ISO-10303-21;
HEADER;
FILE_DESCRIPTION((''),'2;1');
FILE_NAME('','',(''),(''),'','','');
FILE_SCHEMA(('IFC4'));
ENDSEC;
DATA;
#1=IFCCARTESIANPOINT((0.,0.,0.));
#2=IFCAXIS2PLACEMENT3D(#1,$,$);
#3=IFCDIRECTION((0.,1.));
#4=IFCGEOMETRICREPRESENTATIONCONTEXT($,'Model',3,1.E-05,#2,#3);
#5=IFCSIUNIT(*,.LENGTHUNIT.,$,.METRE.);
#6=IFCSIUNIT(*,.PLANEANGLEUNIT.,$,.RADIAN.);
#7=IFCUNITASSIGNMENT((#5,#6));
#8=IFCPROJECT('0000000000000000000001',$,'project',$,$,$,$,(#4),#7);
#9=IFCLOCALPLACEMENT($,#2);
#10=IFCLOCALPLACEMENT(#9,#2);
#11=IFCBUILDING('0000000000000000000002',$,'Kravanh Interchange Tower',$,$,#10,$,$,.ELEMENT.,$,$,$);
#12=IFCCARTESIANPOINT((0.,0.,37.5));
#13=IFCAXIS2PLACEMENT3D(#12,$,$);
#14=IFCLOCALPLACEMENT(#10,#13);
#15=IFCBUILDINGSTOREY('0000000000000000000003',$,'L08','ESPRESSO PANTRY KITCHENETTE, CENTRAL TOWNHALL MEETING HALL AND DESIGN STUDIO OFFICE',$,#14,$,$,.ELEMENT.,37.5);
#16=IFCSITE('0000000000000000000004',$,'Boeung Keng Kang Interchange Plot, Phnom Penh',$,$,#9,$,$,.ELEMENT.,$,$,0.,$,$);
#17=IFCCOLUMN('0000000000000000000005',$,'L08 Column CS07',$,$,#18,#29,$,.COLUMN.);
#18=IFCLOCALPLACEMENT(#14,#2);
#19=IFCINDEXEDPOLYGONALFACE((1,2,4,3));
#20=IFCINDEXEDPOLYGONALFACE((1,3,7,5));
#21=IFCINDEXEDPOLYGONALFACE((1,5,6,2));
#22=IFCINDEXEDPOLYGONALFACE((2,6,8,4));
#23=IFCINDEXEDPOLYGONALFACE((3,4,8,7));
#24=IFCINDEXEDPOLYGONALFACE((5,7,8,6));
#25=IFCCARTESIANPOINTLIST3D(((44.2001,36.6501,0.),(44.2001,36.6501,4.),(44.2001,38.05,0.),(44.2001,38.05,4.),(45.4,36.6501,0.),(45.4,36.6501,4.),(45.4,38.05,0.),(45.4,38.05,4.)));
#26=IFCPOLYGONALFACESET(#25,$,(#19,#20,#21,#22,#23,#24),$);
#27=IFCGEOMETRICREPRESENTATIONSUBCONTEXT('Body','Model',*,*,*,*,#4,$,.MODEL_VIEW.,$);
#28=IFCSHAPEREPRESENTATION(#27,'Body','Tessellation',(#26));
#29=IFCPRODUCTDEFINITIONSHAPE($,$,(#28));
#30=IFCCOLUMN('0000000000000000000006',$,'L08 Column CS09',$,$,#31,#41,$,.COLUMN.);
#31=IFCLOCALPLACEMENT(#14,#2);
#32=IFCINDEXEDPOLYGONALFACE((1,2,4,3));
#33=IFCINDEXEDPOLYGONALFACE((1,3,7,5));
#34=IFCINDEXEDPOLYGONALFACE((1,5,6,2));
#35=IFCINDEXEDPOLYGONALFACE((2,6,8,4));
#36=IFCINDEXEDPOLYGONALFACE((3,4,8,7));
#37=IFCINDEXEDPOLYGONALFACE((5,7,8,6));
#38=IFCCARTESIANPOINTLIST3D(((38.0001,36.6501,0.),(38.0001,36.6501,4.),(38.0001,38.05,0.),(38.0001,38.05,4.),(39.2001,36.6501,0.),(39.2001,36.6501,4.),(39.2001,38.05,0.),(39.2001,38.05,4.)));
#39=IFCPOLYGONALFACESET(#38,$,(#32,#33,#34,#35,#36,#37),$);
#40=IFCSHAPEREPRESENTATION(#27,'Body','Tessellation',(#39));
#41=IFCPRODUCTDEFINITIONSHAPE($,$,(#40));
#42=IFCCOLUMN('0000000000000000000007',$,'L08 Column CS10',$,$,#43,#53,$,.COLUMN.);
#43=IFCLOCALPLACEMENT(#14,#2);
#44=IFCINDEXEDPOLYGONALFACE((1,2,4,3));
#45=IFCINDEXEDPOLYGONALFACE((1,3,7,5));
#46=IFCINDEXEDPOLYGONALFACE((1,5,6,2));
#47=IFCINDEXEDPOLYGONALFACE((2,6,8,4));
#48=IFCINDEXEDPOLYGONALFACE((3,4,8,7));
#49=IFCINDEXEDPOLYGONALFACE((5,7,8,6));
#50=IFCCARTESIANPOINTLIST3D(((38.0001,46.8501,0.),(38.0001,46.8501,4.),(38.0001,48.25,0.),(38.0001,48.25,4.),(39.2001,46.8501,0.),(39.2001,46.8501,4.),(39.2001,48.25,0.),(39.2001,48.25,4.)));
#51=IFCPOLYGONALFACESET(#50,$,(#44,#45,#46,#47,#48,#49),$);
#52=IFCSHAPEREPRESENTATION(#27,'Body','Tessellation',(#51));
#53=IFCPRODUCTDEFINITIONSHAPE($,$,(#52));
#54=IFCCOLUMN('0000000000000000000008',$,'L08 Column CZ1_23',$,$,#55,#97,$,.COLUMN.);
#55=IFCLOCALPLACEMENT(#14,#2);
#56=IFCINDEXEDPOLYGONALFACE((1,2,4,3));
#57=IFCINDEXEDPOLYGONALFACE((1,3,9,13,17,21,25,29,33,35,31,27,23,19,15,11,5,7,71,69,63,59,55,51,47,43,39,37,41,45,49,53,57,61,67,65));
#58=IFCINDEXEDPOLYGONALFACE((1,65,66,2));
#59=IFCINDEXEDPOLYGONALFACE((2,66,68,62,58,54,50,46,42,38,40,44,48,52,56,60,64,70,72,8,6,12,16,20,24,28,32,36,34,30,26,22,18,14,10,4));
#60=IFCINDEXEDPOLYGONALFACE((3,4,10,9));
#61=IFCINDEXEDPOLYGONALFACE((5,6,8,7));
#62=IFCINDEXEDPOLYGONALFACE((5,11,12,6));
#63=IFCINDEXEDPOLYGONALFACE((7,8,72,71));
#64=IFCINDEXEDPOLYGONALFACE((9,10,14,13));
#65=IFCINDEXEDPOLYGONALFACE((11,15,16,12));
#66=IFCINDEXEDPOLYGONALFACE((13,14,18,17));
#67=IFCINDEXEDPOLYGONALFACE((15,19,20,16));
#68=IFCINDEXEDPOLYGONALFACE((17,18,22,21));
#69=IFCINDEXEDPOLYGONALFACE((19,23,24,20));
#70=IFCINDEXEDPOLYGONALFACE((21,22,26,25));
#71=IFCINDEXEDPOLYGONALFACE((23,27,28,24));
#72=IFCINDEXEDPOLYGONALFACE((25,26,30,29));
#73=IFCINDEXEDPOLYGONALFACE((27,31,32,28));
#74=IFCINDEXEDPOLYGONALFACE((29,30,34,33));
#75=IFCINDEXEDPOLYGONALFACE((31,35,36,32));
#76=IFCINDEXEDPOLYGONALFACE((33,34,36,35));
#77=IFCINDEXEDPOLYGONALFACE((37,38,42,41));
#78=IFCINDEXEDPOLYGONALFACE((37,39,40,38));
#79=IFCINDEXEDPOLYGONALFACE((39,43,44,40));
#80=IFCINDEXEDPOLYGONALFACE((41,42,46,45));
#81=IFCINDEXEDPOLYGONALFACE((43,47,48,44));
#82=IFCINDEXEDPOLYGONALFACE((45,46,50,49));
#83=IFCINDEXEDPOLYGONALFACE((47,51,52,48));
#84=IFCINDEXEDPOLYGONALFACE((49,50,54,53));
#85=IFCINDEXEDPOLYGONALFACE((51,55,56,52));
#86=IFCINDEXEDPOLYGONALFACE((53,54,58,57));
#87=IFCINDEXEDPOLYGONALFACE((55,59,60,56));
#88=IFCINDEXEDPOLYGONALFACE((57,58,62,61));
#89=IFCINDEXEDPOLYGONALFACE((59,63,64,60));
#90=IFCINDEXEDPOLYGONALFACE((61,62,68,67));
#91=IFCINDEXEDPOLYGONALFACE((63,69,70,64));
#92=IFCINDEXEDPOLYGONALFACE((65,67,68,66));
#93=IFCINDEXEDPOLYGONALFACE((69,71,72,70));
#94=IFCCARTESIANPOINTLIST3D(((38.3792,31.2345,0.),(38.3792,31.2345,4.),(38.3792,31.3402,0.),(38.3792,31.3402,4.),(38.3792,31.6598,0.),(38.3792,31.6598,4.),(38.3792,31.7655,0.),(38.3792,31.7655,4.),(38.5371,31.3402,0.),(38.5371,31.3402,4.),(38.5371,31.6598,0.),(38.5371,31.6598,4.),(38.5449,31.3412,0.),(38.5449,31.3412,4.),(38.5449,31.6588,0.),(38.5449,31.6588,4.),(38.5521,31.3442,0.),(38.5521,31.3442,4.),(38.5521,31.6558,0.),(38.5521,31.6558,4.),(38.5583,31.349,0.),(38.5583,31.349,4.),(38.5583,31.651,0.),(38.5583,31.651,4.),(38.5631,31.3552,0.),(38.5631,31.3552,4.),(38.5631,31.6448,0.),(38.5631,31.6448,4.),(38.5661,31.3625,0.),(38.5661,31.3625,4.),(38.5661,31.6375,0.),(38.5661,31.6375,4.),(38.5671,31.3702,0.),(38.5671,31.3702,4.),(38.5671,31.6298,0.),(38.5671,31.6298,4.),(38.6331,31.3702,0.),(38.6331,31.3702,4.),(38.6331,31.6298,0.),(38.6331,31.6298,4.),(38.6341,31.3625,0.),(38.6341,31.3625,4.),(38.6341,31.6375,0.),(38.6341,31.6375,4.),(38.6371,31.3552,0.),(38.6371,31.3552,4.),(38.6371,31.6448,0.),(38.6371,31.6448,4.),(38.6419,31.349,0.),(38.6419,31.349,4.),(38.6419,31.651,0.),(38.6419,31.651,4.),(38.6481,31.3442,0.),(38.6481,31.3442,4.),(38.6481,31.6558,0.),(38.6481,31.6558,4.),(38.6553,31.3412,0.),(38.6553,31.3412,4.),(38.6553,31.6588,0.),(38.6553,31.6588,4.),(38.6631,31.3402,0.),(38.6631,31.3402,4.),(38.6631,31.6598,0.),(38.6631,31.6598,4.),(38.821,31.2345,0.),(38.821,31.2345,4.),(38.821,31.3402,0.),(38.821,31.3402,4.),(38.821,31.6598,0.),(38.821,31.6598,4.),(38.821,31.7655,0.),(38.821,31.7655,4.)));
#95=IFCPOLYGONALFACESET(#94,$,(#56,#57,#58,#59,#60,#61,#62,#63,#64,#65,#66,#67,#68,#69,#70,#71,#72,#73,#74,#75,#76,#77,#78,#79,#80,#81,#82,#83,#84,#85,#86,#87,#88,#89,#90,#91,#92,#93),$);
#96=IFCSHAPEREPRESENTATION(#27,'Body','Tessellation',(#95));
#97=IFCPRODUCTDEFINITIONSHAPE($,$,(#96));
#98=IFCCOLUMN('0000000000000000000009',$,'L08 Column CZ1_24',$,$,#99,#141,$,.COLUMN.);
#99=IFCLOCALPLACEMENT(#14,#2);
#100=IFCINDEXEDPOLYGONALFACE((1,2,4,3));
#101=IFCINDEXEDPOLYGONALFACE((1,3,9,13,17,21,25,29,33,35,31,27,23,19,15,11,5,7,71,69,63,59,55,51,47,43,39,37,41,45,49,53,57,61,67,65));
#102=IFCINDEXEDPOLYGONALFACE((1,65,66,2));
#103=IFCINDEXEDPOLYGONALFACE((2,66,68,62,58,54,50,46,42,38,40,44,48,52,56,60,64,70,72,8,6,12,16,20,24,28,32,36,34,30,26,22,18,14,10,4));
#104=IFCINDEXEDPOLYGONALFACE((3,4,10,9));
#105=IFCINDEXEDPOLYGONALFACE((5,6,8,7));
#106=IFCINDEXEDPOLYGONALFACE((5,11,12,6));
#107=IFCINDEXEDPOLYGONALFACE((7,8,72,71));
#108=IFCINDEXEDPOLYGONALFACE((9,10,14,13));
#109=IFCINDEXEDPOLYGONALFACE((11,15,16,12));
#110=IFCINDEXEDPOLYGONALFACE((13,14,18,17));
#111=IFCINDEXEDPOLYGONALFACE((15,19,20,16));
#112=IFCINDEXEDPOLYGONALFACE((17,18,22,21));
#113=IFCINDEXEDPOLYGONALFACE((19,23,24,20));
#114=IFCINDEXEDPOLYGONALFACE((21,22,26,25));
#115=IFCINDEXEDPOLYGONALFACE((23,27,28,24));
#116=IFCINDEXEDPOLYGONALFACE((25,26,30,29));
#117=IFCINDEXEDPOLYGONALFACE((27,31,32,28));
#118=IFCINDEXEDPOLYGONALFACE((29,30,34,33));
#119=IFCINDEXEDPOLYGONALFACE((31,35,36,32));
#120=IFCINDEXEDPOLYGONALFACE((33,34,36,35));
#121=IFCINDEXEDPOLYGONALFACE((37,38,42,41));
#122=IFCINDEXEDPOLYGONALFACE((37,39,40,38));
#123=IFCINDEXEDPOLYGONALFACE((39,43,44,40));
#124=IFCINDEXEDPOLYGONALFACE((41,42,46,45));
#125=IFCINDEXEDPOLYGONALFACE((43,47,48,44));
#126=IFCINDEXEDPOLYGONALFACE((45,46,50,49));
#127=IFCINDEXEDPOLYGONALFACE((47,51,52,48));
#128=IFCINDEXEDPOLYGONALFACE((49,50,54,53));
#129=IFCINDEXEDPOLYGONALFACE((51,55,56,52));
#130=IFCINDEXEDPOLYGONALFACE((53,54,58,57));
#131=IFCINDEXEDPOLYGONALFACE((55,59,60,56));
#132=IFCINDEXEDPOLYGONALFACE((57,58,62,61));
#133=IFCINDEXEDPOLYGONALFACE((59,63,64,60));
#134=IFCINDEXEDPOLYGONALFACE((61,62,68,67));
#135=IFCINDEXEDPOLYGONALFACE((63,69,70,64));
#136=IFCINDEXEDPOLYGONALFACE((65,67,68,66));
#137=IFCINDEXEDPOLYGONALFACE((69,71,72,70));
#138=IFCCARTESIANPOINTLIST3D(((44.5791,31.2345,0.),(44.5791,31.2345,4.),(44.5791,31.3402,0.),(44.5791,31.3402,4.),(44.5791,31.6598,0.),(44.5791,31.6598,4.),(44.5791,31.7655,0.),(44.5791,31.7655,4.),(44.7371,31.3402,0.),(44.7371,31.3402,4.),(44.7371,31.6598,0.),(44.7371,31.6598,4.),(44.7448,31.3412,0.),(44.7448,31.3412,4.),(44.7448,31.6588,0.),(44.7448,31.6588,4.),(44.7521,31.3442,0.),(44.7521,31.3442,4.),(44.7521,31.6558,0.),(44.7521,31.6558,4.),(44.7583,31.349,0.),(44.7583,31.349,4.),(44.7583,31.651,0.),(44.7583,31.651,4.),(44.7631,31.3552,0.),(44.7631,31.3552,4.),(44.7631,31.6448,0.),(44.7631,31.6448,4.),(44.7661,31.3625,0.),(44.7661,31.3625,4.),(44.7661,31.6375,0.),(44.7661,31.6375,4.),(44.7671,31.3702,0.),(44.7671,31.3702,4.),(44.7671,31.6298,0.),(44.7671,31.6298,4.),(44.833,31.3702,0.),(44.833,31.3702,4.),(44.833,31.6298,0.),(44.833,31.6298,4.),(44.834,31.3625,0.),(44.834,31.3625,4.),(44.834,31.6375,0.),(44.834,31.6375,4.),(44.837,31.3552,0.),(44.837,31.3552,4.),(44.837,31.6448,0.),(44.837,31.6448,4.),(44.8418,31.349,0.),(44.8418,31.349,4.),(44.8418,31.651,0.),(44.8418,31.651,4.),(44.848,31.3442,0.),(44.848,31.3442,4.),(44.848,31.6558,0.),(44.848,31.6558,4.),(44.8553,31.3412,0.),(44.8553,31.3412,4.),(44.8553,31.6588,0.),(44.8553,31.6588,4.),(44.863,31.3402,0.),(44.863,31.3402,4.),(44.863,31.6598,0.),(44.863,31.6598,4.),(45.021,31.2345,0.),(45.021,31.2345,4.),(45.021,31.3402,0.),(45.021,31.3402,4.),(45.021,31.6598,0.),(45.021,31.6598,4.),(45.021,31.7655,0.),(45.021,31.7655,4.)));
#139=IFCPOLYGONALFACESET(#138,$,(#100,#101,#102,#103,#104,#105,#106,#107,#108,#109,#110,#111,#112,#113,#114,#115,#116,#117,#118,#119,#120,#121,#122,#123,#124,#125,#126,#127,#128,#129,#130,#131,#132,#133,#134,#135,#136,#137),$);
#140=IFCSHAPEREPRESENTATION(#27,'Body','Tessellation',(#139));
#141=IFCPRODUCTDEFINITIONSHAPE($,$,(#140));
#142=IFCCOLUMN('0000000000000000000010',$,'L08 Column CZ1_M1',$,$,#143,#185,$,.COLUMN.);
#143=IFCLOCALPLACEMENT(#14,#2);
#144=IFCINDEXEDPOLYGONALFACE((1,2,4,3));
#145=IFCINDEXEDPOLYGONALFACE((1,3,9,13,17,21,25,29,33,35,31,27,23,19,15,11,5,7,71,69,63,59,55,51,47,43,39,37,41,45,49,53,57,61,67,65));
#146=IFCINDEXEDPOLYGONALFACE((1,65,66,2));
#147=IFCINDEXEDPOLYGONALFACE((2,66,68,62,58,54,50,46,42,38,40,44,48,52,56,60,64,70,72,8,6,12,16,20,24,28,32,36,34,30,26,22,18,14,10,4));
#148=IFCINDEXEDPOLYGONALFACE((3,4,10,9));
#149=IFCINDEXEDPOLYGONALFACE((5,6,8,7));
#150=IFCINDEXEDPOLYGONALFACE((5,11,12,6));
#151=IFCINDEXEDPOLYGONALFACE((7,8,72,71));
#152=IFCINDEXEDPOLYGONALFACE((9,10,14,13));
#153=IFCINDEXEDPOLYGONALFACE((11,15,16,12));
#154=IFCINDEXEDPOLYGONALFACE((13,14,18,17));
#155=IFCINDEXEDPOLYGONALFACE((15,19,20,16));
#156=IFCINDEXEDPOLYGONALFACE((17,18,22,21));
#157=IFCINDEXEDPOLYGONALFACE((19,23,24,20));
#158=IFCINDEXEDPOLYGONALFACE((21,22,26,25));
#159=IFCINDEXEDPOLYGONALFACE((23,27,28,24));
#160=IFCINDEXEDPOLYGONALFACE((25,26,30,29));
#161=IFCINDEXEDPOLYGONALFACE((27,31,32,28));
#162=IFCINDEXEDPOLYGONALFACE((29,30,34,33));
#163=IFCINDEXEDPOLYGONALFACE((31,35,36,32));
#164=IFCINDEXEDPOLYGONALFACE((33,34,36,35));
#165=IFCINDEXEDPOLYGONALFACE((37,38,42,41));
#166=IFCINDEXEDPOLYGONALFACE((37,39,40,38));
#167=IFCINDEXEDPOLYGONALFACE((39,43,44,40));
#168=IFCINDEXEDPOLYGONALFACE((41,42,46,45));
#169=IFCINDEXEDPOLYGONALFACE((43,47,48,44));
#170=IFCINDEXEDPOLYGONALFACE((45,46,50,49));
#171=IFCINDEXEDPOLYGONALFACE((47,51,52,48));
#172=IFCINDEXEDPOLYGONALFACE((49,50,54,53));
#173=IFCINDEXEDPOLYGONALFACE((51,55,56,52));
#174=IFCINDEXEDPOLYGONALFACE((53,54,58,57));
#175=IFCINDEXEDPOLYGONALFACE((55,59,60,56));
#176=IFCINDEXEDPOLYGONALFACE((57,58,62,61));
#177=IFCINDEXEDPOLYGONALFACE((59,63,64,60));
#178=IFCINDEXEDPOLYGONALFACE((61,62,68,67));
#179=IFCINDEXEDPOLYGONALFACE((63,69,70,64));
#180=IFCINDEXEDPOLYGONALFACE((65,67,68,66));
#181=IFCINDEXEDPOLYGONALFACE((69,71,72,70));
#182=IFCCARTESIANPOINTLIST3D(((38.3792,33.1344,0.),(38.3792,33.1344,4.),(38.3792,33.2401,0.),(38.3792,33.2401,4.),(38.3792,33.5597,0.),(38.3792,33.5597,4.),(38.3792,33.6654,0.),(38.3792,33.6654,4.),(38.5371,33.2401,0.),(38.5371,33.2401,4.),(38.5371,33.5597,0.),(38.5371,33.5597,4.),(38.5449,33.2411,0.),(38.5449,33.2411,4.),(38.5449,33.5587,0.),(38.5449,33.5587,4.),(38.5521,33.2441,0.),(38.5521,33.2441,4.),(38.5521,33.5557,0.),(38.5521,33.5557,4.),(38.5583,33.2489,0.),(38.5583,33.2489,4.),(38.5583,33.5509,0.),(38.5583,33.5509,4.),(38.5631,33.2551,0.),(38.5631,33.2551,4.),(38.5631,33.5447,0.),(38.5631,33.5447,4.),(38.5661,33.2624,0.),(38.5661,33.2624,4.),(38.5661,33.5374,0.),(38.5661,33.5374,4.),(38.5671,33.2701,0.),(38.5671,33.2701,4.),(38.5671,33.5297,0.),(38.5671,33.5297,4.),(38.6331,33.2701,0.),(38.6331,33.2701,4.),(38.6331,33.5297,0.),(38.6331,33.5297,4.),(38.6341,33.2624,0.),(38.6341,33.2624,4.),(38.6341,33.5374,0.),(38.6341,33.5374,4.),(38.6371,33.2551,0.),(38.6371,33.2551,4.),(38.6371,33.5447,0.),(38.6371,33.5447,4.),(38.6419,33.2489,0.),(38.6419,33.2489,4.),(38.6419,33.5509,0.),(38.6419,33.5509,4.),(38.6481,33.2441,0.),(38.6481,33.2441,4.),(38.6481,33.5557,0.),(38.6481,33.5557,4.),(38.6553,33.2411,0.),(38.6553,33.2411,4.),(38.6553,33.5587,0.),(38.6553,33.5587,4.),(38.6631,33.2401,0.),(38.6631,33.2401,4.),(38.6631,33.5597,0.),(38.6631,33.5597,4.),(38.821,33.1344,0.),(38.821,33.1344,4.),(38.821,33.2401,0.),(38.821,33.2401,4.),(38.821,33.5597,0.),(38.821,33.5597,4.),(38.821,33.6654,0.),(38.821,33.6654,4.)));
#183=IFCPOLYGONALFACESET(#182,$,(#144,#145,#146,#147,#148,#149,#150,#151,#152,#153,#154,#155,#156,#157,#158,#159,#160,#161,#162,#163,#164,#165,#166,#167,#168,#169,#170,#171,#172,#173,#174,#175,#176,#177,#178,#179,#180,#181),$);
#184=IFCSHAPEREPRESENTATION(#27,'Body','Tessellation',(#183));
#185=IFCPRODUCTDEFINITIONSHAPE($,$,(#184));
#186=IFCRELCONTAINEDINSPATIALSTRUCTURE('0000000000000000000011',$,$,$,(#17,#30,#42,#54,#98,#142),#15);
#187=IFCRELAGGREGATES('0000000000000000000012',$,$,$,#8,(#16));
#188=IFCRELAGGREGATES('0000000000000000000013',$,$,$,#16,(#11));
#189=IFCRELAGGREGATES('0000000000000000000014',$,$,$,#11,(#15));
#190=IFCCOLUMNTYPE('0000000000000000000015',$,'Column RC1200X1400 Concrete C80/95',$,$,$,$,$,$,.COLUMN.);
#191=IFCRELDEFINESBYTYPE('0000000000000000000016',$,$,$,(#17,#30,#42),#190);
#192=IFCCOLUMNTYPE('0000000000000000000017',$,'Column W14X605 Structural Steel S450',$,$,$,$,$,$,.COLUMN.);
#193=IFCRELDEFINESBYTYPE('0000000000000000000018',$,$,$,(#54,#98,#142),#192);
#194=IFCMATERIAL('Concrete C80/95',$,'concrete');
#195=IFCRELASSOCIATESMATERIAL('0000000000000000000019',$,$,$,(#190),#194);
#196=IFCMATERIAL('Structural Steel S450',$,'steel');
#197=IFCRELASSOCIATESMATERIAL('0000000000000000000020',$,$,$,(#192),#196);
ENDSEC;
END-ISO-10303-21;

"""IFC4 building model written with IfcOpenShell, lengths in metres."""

from ifc_helpers import new_model, si_unit, direction, frame, origin, origin_2d, place, context, subcontext, project, spatial, rectangle, i_section, extrude, material, material_profile, profile_set, type_object, element, save


model = new_model("IFC4")

# Units and contexts
model_context = context("Model", 3, precision=1e-05, world=origin(), true_north=direction((0.0, 1.0)))
body_context = subcontext(model_context, "Body", "Model", "MODEL_VIEW")
ifc_project = project(units=[si_unit("LENGTHUNIT", "METRE"), si_unit("PLANEANGLEUNIT", "RADIAN")], contexts=[model_context])

# Site, building, storey
site_placement = place(None, origin())
site = spatial("IfcSite", under=ifc_project, at=site_placement, Name="Boeung Keng Kang Interchange Plot, Phnom Penh", CompositionType="ELEMENT", RefElevation=0.0)
building_placement = place(site_placement, origin())
building = spatial("IfcBuilding", under=site, at=building_placement, Name="Kravanh Interchange Tower", CompositionType="ELEMENT")
storey_placement = place(building_placement, frame((0.0, 0.0, 37.5)))
storey = spatial("IfcBuildingStorey", under=building, at=storey_placement, Name="L08", Description="ESPRESSO PANTRY KITCHENETTE, CENTRAL TOWNHALL MEETING HALL AND DESIGN STUDIO OFFICE", CompositionType="ELEMENT", Elevation=37.5)

# Columns
ifc_material_1 = material(Name="Concrete C80/95", Category="concrete")
ifc_material_profile_1 = material_profile(ifc_material_1, rectangle(XDim=1.2, YDim=1.3999, at=origin_2d()), Name="RC1200X1400")
ifc_profile_set_1 = profile_set([ifc_material_profile_1], Name="Concrete C80/95")
column_type_1 = type_object("IfcColumnType", Name="Column RC1200X1400 Concrete C80/95", PredefinedType="COLUMN", material=ifc_profile_set_1)
for number, where, z_axis, x_axis, name in (
    (1, (44.8, 37.3501, 0.0), (0.0, 0.0, 1.0), (1.0, 0.0, 0.0), "L08 Column CS07"),
    (2, (38.6001, 37.3501, 0.0), (0.0, 0.0, 1.0), (1.0, 0.0, 0.0), "L08 Column CS09"),
    (3, (38.6001, 47.55, 0.0), (0.0, 0.0, 1.0), (1.0, 0.0, 0.0), "L08 Column CS10"),
):
    element("IfcColumn", number, at=place(storey_placement, frame(where, z_axis=z_axis, x_axis=x_axis)), inside=storey, type_object=column_type_1, Name=name, PredefinedType="COLUMN", context=body_context, shape_type="SweptSolid", body=[
        extrude(rectangle(XDim=1.2, YDim=1.3999, at=origin_2d()), origin(), (0.0, 0.0, 1.0), 4.0),
    ])
ifc_material_2 = material(Name="Structural Steel S450", Category="steel")
ifc_material_profile_2 = material_profile(ifc_material_2, i_section(OverallWidth=0.4419, OverallDepth=0.531, WebThickness=0.0659, FlangeThickness=0.1057, FilletRadius=0.03, at=origin_2d()), Name="W14X605")
ifc_profile_set_2 = profile_set([ifc_material_profile_2], Name="Structural Steel S450")
column_type_2 = type_object("IfcColumnType", Name="Column W14X605 Structural Steel S450", PredefinedType="COLUMN", material=ifc_profile_set_2)
for number, where, z_axis, x_axis, name in (
    (4, (38.6001, 31.5, 0.0), (0.0, 0.0, 1.0), (1.0, 0.0, 0.0), "L08 Column CZ1_23"),
    (5, (44.8, 31.5, 0.0), (0.0, 0.0, 1.0), (1.0, 0.0, 0.0), "L08 Column CZ1_24"),
    (6, (38.6001, 33.3999, 0.0), (0.0, 0.0, 1.0), (1.0, 0.0, 0.0), "L08 Column CZ1_M1"),
):
    element("IfcColumn", number, at=place(storey_placement, frame(where, z_axis=z_axis, x_axis=x_axis)), inside=storey, type_object=column_type_2, Name=name, PredefinedType="COLUMN", context=body_context, shape_type="SweptSolid", body=[
        extrude(i_section(OverallWidth=0.4419, OverallDepth=0.531, WebThickness=0.0659, FlangeThickness=0.1057, FilletRadius=0.03, at=origin_2d()), origin(), (0.0, 0.0, 1.0), 4.0),
    ])

save(model, "model.ifc")
